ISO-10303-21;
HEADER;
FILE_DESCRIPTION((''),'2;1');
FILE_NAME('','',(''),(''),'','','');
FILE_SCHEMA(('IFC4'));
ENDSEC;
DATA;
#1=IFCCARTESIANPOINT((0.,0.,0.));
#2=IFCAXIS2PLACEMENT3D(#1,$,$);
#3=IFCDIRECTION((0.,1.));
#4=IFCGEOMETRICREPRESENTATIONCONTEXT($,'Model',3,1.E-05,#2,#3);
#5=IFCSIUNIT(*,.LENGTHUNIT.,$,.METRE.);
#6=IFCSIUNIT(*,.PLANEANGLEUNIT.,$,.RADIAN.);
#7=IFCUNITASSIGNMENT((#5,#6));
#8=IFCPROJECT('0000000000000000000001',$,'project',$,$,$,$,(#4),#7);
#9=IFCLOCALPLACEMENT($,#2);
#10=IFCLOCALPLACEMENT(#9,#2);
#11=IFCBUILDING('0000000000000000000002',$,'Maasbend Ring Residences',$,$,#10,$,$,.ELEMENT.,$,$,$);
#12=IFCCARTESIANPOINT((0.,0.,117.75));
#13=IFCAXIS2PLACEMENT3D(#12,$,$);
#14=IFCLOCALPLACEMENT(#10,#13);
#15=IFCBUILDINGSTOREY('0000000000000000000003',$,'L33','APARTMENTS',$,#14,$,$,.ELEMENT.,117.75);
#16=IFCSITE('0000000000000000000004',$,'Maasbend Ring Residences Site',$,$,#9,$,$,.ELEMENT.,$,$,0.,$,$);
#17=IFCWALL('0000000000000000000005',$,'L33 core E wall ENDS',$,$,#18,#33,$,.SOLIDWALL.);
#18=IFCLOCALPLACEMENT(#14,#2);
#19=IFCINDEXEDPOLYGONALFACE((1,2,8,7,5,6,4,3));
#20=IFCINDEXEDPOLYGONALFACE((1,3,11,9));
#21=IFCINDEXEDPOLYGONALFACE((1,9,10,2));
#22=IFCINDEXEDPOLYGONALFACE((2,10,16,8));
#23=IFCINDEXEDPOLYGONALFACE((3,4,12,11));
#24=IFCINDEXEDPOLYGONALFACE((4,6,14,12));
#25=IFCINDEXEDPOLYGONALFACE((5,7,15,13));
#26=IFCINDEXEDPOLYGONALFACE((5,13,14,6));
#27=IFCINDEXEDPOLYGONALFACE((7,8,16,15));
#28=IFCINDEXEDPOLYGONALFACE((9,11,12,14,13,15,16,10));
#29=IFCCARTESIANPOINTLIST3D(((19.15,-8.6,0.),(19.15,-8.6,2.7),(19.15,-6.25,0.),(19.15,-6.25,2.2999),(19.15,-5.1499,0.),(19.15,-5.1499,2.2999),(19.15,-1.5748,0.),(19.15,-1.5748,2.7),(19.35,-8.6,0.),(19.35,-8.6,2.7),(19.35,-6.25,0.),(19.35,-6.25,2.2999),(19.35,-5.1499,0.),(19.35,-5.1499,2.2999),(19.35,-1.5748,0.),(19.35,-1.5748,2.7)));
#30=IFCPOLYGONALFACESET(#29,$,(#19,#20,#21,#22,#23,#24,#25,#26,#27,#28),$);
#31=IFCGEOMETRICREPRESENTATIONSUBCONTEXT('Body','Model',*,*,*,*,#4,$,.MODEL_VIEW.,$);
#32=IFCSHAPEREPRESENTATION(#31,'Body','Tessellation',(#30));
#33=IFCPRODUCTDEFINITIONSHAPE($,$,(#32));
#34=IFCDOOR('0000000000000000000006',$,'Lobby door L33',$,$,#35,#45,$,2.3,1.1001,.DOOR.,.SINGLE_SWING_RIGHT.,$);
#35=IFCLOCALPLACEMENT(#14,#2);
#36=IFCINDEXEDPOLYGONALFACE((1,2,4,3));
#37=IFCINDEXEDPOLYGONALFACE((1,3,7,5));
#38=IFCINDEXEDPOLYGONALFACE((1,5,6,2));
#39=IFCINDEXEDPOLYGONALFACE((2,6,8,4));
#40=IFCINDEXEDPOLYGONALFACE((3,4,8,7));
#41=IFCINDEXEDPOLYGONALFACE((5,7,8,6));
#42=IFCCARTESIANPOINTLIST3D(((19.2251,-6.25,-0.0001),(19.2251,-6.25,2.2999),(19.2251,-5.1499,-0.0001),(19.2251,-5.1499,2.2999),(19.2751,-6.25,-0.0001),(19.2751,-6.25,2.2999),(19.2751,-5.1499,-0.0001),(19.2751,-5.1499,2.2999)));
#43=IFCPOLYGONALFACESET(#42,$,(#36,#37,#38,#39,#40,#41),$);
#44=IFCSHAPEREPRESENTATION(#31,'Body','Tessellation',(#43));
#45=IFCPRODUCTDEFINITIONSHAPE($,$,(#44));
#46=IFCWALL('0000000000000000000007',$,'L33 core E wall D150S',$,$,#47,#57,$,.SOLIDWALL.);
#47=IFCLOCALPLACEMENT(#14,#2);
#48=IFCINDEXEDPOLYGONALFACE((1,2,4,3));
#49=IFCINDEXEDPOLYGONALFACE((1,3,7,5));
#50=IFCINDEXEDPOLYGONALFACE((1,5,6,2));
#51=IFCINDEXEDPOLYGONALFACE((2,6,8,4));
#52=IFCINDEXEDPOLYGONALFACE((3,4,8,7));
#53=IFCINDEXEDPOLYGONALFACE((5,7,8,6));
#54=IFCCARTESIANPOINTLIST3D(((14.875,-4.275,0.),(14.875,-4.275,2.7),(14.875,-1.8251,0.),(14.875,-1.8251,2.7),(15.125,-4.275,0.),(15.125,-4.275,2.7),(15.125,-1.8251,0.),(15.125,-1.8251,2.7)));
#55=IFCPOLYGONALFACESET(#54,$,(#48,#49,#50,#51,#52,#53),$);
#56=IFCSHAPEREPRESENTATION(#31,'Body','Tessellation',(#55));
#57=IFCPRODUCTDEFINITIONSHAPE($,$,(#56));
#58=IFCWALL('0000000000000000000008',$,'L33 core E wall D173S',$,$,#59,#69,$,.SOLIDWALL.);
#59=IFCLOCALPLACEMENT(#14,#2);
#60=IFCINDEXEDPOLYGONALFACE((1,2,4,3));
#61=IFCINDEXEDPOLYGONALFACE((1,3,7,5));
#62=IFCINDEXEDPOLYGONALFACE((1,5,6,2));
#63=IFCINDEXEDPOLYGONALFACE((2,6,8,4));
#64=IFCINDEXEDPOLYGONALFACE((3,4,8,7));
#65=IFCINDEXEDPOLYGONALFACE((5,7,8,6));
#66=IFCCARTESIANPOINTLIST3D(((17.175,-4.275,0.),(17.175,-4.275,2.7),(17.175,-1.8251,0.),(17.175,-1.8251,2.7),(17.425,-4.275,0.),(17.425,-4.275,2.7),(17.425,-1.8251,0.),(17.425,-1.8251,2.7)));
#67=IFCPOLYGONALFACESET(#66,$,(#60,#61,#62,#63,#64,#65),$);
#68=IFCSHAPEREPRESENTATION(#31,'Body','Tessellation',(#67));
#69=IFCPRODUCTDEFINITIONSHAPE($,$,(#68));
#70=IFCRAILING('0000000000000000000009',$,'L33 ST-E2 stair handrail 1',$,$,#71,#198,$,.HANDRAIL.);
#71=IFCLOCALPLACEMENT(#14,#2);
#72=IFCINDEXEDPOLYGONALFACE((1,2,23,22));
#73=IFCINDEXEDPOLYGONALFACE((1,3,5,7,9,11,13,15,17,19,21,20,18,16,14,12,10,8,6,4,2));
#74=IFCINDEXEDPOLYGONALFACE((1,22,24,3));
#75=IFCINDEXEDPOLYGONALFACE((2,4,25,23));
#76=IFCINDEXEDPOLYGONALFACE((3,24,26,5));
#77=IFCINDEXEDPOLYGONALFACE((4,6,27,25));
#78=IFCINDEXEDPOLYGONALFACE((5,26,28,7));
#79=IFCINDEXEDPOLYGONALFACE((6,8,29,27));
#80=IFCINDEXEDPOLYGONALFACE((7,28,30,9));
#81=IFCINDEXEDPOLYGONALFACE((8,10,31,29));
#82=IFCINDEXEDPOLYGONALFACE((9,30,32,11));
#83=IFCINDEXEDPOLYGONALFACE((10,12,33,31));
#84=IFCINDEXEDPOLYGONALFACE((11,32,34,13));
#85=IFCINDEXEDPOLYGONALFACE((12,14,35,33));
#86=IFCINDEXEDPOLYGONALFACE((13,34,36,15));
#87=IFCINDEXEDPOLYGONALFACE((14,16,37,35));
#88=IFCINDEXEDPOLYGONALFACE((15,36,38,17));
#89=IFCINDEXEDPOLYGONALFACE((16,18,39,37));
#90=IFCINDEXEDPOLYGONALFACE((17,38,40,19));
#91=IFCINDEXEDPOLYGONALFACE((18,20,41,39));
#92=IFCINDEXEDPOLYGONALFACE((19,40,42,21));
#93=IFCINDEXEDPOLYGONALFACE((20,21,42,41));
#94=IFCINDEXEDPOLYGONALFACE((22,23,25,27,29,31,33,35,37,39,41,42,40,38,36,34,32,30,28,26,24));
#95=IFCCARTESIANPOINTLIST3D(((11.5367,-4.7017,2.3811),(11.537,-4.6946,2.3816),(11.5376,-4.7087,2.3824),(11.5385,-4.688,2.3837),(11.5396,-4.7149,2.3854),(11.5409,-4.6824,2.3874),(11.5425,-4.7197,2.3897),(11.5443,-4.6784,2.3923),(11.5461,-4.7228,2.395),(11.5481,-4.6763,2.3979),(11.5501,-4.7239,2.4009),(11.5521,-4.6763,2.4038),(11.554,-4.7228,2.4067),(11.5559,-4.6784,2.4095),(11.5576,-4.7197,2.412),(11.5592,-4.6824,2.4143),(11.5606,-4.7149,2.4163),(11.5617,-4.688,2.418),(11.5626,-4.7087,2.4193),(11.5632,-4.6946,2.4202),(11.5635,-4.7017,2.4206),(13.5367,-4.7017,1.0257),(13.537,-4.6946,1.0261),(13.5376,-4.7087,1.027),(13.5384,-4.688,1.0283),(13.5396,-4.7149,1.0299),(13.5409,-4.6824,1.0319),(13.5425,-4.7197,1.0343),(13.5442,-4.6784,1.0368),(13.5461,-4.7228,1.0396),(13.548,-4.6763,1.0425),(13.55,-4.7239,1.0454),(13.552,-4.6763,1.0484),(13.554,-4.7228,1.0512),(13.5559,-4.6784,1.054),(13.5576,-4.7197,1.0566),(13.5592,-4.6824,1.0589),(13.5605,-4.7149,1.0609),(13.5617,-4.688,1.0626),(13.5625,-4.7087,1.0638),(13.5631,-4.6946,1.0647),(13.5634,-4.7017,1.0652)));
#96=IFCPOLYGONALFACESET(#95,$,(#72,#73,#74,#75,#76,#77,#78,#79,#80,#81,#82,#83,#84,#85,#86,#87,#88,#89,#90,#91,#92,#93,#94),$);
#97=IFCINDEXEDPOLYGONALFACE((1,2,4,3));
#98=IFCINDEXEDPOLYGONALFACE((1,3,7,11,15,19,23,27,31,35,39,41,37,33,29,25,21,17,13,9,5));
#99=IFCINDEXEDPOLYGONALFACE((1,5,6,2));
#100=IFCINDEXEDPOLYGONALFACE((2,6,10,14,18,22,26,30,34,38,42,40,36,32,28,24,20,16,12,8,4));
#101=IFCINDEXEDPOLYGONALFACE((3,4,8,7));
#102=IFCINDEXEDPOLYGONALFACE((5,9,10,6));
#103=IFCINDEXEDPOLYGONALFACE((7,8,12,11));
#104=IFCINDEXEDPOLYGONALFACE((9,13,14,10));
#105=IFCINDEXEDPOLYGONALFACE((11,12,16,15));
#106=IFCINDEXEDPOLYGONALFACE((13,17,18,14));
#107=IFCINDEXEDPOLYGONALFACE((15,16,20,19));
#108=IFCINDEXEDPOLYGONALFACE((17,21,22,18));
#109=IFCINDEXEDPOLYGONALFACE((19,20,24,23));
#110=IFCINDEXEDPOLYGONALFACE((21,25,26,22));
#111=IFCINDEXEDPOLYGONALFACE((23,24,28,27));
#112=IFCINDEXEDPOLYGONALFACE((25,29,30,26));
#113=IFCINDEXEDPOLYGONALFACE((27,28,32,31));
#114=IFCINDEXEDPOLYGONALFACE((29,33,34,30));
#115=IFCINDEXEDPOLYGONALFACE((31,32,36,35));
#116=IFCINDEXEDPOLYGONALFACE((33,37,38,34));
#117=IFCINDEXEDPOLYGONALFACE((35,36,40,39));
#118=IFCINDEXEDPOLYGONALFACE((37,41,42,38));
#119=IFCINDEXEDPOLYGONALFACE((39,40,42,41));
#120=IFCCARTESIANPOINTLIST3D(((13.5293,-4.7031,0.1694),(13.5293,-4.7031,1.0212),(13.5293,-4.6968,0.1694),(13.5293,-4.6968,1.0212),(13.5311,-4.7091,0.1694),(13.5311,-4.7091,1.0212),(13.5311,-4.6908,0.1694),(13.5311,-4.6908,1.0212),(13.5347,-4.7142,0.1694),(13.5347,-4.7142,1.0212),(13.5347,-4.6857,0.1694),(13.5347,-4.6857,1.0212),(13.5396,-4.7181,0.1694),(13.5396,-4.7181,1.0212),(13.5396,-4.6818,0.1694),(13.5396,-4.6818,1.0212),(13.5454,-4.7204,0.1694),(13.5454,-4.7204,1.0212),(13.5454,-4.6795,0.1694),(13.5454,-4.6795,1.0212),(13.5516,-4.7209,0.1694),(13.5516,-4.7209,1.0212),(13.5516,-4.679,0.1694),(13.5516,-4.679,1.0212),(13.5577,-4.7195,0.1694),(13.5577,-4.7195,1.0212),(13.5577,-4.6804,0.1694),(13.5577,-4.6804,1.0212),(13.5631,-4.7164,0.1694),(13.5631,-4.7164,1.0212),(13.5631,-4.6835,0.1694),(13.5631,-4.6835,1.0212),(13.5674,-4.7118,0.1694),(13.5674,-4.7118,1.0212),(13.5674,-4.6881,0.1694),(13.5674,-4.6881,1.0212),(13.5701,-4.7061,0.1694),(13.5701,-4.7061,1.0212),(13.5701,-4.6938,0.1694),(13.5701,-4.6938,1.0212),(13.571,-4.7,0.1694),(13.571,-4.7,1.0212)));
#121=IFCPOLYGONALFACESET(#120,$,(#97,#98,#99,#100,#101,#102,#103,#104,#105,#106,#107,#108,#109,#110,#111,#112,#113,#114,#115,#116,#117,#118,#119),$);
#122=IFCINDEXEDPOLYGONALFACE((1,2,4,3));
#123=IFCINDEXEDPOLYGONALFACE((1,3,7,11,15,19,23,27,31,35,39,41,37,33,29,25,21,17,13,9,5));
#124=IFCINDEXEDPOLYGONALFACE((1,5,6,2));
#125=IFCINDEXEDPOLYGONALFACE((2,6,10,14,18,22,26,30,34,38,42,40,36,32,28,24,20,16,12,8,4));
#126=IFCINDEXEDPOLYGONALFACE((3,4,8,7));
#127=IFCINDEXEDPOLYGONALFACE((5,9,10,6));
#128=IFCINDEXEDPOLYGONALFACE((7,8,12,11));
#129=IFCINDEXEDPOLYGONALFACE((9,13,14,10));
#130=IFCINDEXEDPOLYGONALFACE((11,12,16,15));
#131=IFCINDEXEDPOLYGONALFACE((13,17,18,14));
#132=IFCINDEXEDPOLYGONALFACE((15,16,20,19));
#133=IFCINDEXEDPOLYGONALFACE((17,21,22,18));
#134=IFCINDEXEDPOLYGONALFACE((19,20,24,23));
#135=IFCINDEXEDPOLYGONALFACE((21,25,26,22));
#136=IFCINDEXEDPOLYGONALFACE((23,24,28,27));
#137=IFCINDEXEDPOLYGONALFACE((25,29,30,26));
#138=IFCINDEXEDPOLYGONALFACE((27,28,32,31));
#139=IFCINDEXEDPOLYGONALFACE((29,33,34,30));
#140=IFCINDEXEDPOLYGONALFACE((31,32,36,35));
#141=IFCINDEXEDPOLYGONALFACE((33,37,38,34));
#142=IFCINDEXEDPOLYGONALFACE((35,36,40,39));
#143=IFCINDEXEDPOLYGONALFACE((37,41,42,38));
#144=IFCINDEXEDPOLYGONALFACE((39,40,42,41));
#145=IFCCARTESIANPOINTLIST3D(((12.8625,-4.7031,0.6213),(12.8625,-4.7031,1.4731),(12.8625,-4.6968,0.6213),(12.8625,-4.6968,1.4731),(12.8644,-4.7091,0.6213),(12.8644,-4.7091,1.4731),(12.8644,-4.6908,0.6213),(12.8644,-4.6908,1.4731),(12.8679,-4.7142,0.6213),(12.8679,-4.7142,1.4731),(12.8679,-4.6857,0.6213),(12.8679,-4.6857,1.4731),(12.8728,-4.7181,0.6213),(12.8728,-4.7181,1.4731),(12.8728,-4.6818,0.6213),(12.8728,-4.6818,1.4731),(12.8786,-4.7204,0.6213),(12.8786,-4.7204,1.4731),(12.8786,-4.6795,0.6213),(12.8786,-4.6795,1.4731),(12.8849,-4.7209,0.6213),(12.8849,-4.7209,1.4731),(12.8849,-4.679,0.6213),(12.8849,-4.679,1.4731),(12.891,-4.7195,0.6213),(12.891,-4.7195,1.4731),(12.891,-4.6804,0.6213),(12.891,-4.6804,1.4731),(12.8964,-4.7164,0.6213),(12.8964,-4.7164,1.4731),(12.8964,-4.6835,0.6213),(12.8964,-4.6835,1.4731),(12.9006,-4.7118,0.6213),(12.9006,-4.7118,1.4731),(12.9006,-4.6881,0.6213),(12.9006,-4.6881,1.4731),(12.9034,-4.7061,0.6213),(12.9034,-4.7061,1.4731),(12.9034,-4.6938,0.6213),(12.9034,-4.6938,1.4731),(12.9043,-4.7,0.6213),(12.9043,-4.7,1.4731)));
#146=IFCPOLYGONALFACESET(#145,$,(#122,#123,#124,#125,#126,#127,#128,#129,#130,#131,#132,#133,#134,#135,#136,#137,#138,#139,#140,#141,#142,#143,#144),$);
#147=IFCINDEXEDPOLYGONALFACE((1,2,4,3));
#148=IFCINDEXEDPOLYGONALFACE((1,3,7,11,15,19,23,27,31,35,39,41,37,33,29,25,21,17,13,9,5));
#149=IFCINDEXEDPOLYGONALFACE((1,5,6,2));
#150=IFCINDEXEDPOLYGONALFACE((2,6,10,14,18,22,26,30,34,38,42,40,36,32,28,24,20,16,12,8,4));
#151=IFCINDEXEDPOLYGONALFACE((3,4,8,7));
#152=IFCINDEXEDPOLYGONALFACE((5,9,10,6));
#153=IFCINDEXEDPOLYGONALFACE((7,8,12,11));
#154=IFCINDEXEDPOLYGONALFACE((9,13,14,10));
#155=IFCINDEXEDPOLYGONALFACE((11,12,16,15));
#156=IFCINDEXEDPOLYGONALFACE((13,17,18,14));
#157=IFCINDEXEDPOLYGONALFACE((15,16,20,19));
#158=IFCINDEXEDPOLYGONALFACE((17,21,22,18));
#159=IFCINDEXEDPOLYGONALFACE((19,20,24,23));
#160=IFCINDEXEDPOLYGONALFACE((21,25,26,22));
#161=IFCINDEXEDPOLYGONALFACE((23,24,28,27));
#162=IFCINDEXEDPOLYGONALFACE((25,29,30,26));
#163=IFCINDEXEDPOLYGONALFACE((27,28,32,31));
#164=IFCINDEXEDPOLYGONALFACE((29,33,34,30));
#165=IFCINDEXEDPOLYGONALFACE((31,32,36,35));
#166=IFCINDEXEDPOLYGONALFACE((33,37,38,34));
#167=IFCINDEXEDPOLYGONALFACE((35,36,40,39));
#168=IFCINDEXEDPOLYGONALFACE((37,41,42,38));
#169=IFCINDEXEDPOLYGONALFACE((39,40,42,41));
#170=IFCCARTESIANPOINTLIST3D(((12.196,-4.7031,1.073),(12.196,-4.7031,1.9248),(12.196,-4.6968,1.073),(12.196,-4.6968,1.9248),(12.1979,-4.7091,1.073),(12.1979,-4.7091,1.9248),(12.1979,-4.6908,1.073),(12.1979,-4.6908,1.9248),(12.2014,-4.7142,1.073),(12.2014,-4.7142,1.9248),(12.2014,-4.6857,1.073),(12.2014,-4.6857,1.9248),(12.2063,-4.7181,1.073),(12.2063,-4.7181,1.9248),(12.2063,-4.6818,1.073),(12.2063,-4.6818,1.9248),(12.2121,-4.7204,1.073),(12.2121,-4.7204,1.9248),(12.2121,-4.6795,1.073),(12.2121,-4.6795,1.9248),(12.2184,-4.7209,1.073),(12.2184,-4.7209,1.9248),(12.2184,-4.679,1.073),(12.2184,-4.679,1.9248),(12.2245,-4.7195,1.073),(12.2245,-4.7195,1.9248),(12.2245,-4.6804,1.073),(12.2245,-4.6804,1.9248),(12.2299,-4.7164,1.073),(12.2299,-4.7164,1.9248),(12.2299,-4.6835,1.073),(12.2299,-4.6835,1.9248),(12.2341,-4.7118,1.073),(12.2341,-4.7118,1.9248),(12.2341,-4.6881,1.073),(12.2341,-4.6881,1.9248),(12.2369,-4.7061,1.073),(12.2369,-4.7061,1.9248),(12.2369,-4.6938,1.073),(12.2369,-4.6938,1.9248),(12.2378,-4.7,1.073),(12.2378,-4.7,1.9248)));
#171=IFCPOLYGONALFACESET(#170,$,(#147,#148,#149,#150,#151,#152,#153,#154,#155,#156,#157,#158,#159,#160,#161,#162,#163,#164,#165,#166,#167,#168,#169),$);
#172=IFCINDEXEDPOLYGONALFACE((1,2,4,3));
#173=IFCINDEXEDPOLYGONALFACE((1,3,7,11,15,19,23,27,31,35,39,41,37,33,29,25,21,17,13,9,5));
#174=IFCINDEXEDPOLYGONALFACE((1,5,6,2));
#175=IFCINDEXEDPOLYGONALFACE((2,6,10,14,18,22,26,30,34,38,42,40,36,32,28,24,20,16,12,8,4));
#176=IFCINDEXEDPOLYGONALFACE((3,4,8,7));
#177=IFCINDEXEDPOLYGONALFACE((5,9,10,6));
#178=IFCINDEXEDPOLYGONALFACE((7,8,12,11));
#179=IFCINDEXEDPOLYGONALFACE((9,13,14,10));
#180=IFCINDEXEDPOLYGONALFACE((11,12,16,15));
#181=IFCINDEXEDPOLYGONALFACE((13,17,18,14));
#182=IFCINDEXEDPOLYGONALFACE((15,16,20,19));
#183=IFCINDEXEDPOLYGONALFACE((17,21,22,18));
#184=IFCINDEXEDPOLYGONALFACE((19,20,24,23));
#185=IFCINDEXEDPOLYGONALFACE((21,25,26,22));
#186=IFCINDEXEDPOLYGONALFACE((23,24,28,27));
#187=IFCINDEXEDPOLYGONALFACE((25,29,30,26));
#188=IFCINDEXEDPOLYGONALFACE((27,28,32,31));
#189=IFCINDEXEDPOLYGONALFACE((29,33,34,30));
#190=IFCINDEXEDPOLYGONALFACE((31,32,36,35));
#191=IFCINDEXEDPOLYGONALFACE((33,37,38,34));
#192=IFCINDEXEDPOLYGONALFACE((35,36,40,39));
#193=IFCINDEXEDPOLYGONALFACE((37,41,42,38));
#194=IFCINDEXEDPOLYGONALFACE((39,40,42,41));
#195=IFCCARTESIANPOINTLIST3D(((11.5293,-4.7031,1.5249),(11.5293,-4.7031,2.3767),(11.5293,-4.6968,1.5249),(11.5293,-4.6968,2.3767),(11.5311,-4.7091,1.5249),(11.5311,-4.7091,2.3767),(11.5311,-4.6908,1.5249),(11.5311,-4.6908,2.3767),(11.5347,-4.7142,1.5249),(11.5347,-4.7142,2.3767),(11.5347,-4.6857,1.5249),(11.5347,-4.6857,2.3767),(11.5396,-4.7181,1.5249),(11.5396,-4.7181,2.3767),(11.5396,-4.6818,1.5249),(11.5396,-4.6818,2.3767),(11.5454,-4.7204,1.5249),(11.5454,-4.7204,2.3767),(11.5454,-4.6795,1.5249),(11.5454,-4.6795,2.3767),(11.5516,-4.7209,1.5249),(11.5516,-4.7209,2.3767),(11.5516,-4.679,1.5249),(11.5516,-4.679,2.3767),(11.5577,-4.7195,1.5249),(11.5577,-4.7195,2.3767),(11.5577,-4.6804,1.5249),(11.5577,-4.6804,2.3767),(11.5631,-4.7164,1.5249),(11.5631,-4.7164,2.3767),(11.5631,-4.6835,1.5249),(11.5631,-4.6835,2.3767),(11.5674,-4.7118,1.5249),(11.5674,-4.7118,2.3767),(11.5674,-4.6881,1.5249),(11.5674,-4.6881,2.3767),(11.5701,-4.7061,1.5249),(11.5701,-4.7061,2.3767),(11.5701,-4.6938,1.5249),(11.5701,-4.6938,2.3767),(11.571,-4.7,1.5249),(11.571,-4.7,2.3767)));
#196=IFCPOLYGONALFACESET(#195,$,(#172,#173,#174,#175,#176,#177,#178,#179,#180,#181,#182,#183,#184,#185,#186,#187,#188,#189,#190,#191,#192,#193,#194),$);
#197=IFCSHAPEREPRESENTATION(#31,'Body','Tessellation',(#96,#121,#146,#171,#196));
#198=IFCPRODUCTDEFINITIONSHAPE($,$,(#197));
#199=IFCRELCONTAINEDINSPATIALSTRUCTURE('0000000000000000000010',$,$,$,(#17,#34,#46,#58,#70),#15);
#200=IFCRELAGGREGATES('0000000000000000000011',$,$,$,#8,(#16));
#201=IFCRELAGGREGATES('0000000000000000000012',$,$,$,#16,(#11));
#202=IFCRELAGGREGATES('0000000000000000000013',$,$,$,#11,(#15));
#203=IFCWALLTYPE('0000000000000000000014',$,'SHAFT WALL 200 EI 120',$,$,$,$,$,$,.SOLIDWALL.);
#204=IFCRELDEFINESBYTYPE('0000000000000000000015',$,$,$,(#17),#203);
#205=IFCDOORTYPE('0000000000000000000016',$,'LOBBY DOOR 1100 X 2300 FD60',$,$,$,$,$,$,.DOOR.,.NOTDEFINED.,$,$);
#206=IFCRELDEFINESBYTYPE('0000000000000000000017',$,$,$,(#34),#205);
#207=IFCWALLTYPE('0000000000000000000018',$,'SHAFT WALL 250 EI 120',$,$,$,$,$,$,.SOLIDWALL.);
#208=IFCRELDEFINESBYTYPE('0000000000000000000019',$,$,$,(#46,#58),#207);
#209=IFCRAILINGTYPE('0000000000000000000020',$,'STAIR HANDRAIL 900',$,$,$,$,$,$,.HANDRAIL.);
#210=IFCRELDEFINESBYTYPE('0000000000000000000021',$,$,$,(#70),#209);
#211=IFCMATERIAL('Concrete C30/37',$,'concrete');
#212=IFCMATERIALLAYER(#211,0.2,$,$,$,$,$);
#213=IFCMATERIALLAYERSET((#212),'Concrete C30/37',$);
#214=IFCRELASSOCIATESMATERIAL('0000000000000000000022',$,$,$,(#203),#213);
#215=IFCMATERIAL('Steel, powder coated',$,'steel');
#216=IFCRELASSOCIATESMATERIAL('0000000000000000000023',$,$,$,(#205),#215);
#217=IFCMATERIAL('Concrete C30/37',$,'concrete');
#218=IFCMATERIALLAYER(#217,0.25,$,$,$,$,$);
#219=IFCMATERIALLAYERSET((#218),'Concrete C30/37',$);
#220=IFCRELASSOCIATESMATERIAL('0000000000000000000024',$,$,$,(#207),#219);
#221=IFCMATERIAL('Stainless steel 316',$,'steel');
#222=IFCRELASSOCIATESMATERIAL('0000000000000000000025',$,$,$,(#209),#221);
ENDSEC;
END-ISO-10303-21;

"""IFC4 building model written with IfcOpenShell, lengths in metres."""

from ifc_helpers import new_model, si_unit, direction, frame, frame_2d, origin, origin_2d, place, context, subcontext, project, spatial, rectangle, circle, extrude, material, layer, layer_set, type_object, element, fill, save


model = new_model("IFC4")

# Units and contexts
model_context = context("Model", 3, precision=1e-05, world=origin(), true_north=direction((0.0, 1.0)))
body_context = subcontext(model_context, "Body", "Model", "MODEL_VIEW")
ifc_project = project(units=[si_unit("LENGTHUNIT", "METRE"), si_unit("PLANEANGLEUNIT", "RADIAN")], contexts=[model_context])

# Site, building, storey
site_placement = place(None, origin())
site = spatial("IfcSite", under=ifc_project, at=site_placement, Name="Maasbend Ring Residences Site", CompositionType="ELEMENT", RefElevation=0.0)
building_placement = place(site_placement, origin())
building = spatial("IfcBuilding", under=site, at=building_placement, Name="Maasbend Ring Residences", CompositionType="ELEMENT")
storey_placement = place(building_placement, frame((0.0, 0.0, 117.75)))
storey = spatial("IfcBuildingStorey", under=building, at=storey_placement, Name="L33", Description="APARTMENTS", CompositionType="ELEMENT", Elevation=117.75)

# Wall, opening, door
ifc_material_1 = material(Name="Concrete C30/37", Category="concrete")
ifc_layer_1 = layer(ifc_material_1, 0.2)
ifc_layer_set_1 = layer_set([ifc_layer_1], Name="Concrete C30/37")
wall_type_1 = type_object("IfcWallType", Name="SHAFT WALL 200 EI 120", PredefinedType="SOLIDWALL", material=ifc_layer_set_1)
wall_1_placement = place(storey_placement, frame((19.25, -8.6001, 0.0), z_axis=(0.0, 0.0, 1.0), x_axis=(0.0, 1.0, 0.0)))
wall_1 = element("IfcWall", 1, at=wall_1_placement, inside=storey, type_object=wall_type_1, Name="L33 core E wall ENDS", PredefinedType="SOLIDWALL", context=body_context, shape_type="SweptSolid", body=[
    extrude(rectangle(XDim=7.0251, YDim=0.2, at=frame_2d((3.5127, 0.0))), origin(), (0.0, 0.0, 1.0), 2.7),
])
opening_1_placement = place(wall_1_placement, frame((2.3501, 0.0, 0.0)))
opening_1 = element("IfcOpeningElement", 2, at=opening_1_placement, cuts=wall_1, PredefinedType="OPENING", context=body_context, shape_type="SweptSolid", body=[
    extrude(rectangle(XDim=1.1001, YDim=2.3, at=frame_2d((0.55, 1.1499))), frame((0.0, 0.1099, 0.0), z_axis=(0.0, -1.0, 0.0), x_axis=(1.0, 0.0, 0.0)), (0.0, 0.0, 1.0), 0.22),
])
ifc_material_2 = material(Name="Steel, powder coated", Category="steel")
door_type_1 = type_object("IfcDoorType", Name="LOBBY DOOR 1100 X 2300 FD60", OperationType="NOTDEFINED", PredefinedType="DOOR", material=ifc_material_2)
door_1_placement = place(opening_1_placement, origin())
door_1 = element("IfcDoor", 3, at=door_1_placement, inside=storey, type_object=door_type_1, Name="Lobby door L33", OperationType="SINGLE_SWING_RIGHT", OverallHeight=2.3, OverallWidth=1.1001, PredefinedType="DOOR", context=body_context, shape_type="SweptSolid", body=[
    extrude(rectangle(XDim=1.1001, YDim=2.3, at=frame_2d((0.55, 1.1499))), frame((0.0, 0.0249, 0.0), z_axis=(0.0, -1.0, 0.0), x_axis=(1.0, 0.0, 0.0)), (0.0, 0.0, 1.0), 0.05),
])
fill(opening_1, door_1)

# Walls
ifc_material_3 = material(Name="Concrete C30/37", Category="concrete")
ifc_layer_2 = layer(ifc_material_3, 0.25)
ifc_layer_set_2 = layer_set([ifc_layer_2], Name="Concrete C30/37")
wall_type_2 = type_object("IfcWallType", Name="SHAFT WALL 250 EI 120", PredefinedType="SOLIDWALL", material=ifc_layer_set_2)
for number, where, z_axis, x_axis, name in (
    (4, (15.0, -1.825, 0.0), (0.0, 0.0, 1.0), (0.0, -1.0, 0.0), "L33 core E wall D150S"),
    (5, (17.3, -1.825, 0.0), (0.0, 0.0, 1.0), (0.0, -1.0, 0.0), "L33 core E wall D173S"),
):
    element("IfcWall", number, at=place(storey_placement, frame(where, z_axis=z_axis, x_axis=x_axis)), inside=storey, type_object=wall_type_2, Name=name, PredefinedType="SOLIDWALL", context=body_context, shape_type="SweptSolid", body=[
        extrude(rectangle(XDim=2.45, YDim=0.25, at=frame_2d((1.2251, 0.0))), origin(), (0.0, 0.0, 1.0), 2.7),
    ])

# Railing
ifc_material_4 = material(Name="Stainless steel 316", Category="steel")
railing_type_1 = type_object("IfcRailingType", Name="STAIR HANDRAIL 900", PredefinedType="HANDRAIL", material=ifc_material_4)
railing_1_placement = place(storey_placement, frame((13.55, -4.7, 0.1694)))
element("IfcRailing", 6, at=railing_1_placement, inside=storey, type_object=railing_type_1, Name="L33 ST-E2 stair handrail 1", PredefinedType="HANDRAIL", context=body_context, shape_type="SweptSolid", body=[
    extrude(circle(Radius=0.0239, at=origin_2d()), frame((0.0, 0.0, 0.876), z_axis=(-0.827798, 0.0, 0.561027), x_axis=(0.0, -1.0, 0.0)), (0.0, 0.0, 1.0), 2.416),
    extrude(circle(Radius=0.021, at=origin_2d()), origin(), (0.0, 0.0, 1.0), 0.8518),
    extrude(circle(Radius=0.021, at=origin_2d()), frame((-0.6667, 0.0, 0.4519)), (0.0, 0.0, 1.0), 0.8518),
    extrude(circle(Radius=0.021, at=origin_2d()), frame((-1.3333, 0.0, 0.9036)), (0.0, 0.0, 1.0), 0.8518),
    extrude(circle(Radius=0.021, at=origin_2d()), frame((-2.0, 0.0, 1.3555)), (0.0, 0.0, 1.0), 0.8518),
])

save(model, "model.ifc")
